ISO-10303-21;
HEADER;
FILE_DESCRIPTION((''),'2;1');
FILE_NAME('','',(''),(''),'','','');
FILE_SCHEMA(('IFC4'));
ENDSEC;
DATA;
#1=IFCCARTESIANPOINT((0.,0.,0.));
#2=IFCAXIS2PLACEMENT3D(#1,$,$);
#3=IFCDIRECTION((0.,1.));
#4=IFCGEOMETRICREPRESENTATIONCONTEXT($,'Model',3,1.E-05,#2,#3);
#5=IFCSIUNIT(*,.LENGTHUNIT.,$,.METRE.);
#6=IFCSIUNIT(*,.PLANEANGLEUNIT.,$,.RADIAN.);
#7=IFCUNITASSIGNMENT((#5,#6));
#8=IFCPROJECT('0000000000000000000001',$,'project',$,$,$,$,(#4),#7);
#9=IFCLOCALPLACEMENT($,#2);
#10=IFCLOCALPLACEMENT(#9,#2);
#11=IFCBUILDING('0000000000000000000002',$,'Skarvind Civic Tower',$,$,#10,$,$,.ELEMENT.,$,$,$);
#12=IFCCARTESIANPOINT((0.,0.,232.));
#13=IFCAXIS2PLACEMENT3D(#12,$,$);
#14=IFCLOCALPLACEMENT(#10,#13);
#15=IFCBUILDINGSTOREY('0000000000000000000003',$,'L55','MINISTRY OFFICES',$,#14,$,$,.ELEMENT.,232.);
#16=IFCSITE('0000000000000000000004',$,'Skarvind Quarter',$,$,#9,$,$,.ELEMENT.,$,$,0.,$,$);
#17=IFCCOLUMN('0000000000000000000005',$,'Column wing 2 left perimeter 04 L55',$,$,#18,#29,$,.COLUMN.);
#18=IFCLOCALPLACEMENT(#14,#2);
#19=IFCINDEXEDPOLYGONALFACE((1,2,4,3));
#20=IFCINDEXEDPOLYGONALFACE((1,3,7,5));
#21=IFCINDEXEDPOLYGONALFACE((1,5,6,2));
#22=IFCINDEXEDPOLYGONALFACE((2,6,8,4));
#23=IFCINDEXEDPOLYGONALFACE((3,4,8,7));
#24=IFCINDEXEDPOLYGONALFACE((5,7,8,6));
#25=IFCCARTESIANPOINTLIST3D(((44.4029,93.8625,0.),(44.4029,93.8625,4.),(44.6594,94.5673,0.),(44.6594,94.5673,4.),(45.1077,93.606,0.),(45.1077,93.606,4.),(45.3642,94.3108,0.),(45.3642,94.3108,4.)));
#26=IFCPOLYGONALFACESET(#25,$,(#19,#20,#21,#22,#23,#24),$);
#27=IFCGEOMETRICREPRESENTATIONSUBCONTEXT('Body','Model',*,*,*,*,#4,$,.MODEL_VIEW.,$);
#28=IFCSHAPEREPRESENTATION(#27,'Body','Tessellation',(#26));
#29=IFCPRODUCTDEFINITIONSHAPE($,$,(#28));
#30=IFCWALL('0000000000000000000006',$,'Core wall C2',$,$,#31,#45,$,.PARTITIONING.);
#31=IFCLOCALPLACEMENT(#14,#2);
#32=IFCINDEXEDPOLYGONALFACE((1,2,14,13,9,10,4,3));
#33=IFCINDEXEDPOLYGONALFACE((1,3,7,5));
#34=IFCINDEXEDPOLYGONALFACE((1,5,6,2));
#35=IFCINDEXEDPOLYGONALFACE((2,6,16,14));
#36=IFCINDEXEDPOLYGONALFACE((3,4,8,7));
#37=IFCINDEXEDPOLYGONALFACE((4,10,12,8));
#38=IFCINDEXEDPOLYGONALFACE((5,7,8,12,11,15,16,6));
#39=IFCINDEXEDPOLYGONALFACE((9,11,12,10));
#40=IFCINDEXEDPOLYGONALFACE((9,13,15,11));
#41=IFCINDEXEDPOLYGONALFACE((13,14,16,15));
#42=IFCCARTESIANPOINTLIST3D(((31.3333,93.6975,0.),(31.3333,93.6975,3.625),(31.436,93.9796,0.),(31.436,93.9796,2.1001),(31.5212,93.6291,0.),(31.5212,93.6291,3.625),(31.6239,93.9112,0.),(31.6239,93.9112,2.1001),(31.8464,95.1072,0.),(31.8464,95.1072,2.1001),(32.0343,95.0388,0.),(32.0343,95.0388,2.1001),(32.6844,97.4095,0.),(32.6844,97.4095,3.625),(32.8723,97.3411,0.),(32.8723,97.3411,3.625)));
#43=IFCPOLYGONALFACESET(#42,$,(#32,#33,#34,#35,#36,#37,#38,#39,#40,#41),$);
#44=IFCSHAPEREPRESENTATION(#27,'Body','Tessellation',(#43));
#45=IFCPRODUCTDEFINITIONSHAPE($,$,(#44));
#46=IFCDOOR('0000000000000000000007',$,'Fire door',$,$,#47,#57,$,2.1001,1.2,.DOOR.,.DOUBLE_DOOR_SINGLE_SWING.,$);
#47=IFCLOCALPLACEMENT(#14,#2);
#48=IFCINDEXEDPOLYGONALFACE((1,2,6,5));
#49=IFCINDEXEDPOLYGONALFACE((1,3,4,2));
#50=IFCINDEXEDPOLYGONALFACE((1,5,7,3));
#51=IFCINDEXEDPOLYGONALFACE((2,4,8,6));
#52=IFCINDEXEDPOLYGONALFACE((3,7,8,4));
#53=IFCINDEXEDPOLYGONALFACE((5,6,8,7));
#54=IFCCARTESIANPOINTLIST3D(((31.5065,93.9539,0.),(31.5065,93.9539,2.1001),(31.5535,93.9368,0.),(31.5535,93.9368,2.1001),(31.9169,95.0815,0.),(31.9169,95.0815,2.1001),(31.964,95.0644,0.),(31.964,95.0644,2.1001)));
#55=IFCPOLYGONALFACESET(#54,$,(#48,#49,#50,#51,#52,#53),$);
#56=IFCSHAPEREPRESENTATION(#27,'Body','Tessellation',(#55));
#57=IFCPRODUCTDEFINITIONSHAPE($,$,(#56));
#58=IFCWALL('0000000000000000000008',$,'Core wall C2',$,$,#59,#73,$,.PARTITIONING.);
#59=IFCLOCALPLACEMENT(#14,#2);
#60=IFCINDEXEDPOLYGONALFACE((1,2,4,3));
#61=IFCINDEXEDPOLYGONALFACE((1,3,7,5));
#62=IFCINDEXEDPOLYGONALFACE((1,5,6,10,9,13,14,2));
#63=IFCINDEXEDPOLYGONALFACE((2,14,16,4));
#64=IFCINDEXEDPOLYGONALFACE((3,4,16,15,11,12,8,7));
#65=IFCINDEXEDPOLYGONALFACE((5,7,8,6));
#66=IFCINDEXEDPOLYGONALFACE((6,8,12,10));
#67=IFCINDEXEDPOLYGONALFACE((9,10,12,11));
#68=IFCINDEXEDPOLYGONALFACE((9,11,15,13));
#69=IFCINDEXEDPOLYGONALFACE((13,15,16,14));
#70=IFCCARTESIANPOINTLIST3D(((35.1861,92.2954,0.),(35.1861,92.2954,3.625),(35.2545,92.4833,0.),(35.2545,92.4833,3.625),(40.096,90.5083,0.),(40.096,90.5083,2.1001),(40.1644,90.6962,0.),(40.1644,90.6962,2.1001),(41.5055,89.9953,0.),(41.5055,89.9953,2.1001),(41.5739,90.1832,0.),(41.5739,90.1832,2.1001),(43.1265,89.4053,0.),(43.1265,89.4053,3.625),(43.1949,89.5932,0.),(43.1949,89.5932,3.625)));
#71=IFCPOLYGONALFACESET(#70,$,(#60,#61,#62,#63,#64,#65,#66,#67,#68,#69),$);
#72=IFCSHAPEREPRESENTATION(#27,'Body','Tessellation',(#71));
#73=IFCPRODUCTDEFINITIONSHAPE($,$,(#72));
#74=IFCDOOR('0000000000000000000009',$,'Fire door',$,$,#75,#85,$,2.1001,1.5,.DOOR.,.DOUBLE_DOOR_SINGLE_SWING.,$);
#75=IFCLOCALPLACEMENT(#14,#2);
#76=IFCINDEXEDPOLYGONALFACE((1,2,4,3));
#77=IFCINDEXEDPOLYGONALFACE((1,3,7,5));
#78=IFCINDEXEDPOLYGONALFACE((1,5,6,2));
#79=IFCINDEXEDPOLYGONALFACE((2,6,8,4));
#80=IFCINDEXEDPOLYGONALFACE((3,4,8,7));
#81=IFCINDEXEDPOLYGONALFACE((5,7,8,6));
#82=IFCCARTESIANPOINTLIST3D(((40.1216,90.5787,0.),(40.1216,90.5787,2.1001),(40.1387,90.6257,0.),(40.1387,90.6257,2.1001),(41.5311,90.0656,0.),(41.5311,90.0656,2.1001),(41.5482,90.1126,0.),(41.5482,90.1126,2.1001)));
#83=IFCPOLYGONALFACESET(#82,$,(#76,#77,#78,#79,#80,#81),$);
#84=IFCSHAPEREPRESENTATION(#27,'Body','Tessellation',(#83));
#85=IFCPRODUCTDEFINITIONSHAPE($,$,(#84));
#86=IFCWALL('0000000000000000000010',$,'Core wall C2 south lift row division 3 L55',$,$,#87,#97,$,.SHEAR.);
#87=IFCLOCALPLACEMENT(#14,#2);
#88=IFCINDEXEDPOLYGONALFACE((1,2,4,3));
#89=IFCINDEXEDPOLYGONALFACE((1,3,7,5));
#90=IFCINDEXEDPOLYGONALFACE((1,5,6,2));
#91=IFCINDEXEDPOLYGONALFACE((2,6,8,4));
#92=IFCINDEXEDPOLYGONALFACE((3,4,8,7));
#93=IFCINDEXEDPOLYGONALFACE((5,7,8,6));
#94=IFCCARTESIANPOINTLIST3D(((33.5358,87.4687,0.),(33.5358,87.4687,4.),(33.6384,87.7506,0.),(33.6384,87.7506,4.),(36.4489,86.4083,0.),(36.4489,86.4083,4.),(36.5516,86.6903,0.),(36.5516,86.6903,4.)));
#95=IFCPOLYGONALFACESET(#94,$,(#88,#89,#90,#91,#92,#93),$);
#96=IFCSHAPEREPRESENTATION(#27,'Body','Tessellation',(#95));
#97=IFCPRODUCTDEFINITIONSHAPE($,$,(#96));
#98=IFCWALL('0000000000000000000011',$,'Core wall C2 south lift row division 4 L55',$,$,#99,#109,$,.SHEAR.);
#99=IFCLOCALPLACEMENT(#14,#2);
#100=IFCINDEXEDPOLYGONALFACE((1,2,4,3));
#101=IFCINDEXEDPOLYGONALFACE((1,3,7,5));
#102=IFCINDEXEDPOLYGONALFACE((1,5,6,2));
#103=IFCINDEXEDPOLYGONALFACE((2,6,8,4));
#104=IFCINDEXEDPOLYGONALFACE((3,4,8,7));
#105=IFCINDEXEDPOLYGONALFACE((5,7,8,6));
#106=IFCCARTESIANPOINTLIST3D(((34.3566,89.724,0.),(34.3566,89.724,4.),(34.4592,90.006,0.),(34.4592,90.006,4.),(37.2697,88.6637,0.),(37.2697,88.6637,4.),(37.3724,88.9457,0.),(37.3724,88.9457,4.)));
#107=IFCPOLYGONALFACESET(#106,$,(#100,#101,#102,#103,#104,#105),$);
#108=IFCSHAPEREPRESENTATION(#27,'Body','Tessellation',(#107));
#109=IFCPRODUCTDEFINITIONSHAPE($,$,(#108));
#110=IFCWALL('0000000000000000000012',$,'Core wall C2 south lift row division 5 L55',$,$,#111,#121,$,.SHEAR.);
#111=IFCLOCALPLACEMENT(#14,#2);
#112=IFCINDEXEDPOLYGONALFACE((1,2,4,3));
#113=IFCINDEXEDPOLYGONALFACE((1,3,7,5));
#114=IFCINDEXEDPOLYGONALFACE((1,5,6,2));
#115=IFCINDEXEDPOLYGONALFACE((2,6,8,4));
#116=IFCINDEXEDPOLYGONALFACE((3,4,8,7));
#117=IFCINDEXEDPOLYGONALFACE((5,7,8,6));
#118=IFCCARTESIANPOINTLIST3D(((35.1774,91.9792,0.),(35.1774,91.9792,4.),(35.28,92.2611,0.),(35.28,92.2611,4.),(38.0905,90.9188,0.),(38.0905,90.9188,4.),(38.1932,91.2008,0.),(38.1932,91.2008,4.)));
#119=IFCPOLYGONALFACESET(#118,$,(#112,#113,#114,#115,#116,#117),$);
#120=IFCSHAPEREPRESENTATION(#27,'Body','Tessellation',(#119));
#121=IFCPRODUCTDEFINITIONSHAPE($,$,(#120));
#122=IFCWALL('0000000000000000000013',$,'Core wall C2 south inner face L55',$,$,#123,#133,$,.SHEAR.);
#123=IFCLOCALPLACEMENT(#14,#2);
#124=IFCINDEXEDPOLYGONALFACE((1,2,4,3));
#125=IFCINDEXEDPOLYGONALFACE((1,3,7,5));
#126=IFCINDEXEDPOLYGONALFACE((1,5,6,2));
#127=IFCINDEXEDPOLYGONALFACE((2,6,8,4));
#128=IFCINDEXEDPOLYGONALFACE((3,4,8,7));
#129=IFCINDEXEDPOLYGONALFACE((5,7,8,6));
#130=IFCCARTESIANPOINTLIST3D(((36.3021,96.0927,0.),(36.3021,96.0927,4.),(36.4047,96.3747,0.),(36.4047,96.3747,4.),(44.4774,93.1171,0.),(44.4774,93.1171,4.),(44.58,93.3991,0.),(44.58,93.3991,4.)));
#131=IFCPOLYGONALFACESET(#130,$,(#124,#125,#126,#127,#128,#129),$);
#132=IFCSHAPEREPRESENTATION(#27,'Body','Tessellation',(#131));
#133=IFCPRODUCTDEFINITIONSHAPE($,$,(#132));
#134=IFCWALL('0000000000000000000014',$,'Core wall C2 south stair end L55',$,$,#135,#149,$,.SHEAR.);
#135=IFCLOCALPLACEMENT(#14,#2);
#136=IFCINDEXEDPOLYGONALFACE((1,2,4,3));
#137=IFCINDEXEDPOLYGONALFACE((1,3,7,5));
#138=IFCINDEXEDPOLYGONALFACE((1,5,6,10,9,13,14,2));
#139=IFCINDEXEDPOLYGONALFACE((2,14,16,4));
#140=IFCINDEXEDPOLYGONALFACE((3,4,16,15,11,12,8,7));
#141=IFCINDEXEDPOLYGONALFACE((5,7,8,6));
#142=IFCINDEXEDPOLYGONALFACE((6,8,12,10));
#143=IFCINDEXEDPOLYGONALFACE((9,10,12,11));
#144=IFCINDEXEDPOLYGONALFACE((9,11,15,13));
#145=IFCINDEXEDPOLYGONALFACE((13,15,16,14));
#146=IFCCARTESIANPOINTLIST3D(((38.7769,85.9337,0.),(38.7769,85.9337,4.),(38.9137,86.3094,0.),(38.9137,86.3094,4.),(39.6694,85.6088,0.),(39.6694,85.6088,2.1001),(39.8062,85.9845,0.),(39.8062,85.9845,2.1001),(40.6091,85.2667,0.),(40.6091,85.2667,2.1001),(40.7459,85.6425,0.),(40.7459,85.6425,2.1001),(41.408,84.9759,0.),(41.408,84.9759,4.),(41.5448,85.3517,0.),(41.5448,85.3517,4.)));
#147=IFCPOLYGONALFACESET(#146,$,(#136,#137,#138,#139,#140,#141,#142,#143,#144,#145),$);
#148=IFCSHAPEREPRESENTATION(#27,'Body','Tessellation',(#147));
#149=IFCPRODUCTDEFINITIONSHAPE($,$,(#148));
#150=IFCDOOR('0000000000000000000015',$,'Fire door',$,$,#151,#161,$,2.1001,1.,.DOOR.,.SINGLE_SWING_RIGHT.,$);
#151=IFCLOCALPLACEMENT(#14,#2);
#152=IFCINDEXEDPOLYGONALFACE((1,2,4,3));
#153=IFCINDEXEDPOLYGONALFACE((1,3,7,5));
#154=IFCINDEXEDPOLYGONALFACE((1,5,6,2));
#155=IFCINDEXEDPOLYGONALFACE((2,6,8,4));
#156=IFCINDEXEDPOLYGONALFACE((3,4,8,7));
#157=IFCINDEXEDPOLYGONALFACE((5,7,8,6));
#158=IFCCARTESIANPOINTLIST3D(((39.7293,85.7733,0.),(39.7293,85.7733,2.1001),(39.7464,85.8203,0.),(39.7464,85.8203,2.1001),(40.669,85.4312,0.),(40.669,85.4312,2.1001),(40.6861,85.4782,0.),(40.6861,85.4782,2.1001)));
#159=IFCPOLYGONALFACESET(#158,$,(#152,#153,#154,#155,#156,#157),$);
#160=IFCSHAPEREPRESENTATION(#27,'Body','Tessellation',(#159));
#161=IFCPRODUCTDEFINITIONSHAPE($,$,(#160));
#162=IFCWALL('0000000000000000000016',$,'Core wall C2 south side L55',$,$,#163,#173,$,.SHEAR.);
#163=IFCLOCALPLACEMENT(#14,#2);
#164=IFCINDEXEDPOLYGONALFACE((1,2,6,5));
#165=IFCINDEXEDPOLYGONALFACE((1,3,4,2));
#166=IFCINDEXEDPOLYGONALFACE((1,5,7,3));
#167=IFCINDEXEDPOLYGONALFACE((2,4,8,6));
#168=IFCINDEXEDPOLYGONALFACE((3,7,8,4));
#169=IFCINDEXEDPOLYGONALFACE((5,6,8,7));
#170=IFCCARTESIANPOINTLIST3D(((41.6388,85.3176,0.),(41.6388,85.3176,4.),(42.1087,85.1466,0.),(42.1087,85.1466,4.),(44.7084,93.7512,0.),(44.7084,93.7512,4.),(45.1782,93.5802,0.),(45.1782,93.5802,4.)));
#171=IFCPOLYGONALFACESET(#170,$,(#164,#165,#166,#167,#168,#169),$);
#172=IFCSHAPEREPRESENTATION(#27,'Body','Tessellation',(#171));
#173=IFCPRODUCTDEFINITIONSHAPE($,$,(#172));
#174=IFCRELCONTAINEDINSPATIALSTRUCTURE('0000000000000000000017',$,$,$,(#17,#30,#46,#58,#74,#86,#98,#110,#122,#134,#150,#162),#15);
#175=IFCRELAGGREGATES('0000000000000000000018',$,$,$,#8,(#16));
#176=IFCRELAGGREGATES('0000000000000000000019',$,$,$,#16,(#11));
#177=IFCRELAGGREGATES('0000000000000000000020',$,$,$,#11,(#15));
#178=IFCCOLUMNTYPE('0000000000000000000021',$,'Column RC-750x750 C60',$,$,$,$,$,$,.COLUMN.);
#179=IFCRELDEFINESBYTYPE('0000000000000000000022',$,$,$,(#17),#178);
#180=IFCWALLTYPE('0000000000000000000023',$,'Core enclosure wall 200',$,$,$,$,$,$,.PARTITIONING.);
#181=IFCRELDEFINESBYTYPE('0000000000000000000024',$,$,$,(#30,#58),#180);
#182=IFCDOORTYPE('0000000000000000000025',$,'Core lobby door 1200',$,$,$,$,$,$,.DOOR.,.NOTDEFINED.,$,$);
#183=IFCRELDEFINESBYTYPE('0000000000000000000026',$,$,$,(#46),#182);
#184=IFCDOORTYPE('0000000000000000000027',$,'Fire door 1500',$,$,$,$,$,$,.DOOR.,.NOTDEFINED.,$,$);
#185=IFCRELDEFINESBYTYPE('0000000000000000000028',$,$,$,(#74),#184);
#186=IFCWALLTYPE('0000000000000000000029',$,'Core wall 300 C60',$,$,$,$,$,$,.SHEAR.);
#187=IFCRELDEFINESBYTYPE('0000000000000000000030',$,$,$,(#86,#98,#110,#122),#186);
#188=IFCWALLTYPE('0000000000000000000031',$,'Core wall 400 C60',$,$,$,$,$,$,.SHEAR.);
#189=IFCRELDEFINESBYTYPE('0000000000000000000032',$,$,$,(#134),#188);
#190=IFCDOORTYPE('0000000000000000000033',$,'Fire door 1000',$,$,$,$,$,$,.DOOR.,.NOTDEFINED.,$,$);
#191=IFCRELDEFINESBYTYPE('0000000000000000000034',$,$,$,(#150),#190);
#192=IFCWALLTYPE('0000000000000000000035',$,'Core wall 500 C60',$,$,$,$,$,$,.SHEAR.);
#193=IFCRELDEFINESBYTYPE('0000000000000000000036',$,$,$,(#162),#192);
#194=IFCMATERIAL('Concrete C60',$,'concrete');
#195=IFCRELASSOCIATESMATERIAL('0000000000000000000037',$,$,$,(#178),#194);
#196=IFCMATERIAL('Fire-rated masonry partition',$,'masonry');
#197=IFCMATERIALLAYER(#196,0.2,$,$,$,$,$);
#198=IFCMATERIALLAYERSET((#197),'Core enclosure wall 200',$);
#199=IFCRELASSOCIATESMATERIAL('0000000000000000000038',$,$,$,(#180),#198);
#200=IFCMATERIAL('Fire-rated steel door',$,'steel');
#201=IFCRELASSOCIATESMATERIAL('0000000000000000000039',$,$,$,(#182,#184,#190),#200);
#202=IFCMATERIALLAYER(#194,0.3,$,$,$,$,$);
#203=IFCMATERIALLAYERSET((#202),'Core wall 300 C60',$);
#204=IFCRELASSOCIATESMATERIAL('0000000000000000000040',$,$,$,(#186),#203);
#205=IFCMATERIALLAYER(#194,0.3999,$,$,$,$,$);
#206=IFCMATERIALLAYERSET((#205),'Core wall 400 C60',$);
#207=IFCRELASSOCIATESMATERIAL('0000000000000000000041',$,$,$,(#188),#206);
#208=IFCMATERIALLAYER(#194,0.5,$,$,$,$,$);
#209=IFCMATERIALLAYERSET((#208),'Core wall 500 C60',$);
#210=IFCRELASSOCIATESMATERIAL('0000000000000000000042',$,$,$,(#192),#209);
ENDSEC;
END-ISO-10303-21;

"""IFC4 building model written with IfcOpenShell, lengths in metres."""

from ifc_helpers import new_model, si_unit, direction, frame, frame_2d, origin, origin_2d, place, context, subcontext, project, spatial, rectangle, extrude, material, layer, layer_set, material_profile, profile_set, type_object, element, fill, save


model = new_model("IFC4")

# Units and contexts
model_context = context("Model", 3, precision=1e-05, world=origin(), true_north=direction((0.0, 1.0)))
body_context = subcontext(model_context, "Body", "Model", "MODEL_VIEW")
ifc_project = project(units=[si_unit("LENGTHUNIT", "METRE"), si_unit("PLANEANGLEUNIT", "RADIAN")], contexts=[model_context])

# Site, building, storey
site_placement = place(None, origin())
site = spatial("IfcSite", under=ifc_project, at=site_placement, Name="Skarvind Quarter", CompositionType="ELEMENT", RefElevation=0.0)
building_placement = place(site_placement, origin())
building = spatial("IfcBuilding", under=site, at=building_placement, Name="Skarvind Civic Tower", CompositionType="ELEMENT")
storey_placement = place(building_placement, frame((0.0, 0.0, 232.0)))
storey = spatial("IfcBuildingStorey", under=building, at=storey_placement, Name="L55", Description="MINISTRY OFFICES", CompositionType="ELEMENT", Elevation=232.0)

# Column
ifc_material_1 = material(Name="Concrete C60", Category="concrete")
ifc_material_profile = material_profile(ifc_material_1, rectangle(XDim=0.75, YDim=0.75, at=origin_2d()), Name="RC-750x750")
ifc_profile_set = profile_set([ifc_material_profile], Name="Concrete C60")
column_type = type_object("IfcColumnType", Name="Column RC-750x750 C60", PredefinedType="COLUMN", material=ifc_profile_set)
column_placement = place(storey_placement, frame((44.8835, 94.0867, 0.0), z_axis=(0.0, 0.0, 1.0), x_axis=(-0.34202, -0.939693, 0.0)))
element("IfcColumn", 1, at=column_placement, inside=storey, type_object=column_type, Name="Column wing 2 left perimeter 04 L55", PredefinedType="COLUMN", context=body_context, shape_type="SweptSolid", body=[
    extrude(rectangle(XDim=0.75, YDim=0.75, at=origin_2d()), origin(), (0.0, 0.0, 1.0), 4.0),
])

# Walls, openings, doors
ifc_material_2 = material(Name="Fire-rated masonry partition", Category="masonry")
ifc_layer_1 = layer(ifc_material_2, 0.2)
ifc_layer_set_1 = layer_set([ifc_layer_1], Name="Core enclosure wall 200")
wall_type_1 = type_object("IfcWallType", Name="Core enclosure wall 200", PredefinedType="PARTITIONING", material=ifc_layer_set_1)
wall_1_placement = place(storey_placement, frame((31.4272, 93.6633, 0.0), z_axis=(0.0, 0.0, 1.0), x_axis=(0.342031, 0.939689, 0.0)))
wall_1 = element("IfcWall", 2, at=wall_1_placement, inside=storey, type_object=wall_type_1, Name="Core wall C2", PredefinedType="PARTITIONING", context=body_context, shape_type="SweptSolid", body=[
    extrude(rectangle(XDim=3.9502, YDim=0.2, at=frame_2d((1.9751, 0.0))), origin(), (0.0, 0.0, 1.0), 3.625),
])
opening_1_placement = place(wall_1_placement, frame((0.3, 0.0, 0.0)))
opening_1 = element("IfcOpeningElement", 3, at=opening_1_placement, cuts=wall_1, PredefinedType="OPENING", context=body_context, shape_type="SweptSolid", body=[
    extrude(rectangle(XDim=1.2, YDim=2.1001, at=frame_2d((0.6001, 1.05))), frame((0.0, 0.1099, 0.0), z_axis=(0.0, -1.0, 0.0), x_axis=(1.0, 0.0, 0.0)), (0.0, 0.0, 1.0), 0.22),
])
ifc_material_3 = material(Name="Fire-rated steel door", Category="steel")
door_type_1 = type_object("IfcDoorType", Name="Core lobby door 1200", OperationType="NOTDEFINED", PredefinedType="DOOR", material=ifc_material_3)
door_1_placement = place(opening_1_placement, origin())
door_1 = element("IfcDoor", 4, at=door_1_placement, inside=storey, type_object=door_type_1, Name="Fire door", OperationType="DOUBLE_DOOR_SINGLE_SWING", OverallHeight=2.1001, OverallWidth=1.2, PredefinedType="DOOR", context=body_context, shape_type="SweptSolid", body=[
    extrude(rectangle(XDim=1.2, YDim=2.1001, at=frame_2d((0.6001, 1.05))), frame((0.0, 0.0249, 0.0), z_axis=(0.0, -1.0, 0.0), x_axis=(1.0, 0.0, 0.0)), (0.0, 0.0, 1.0), 0.05),
])
fill(opening_1, door_1)
wall_2_placement = place(storey_placement, frame((35.2202, 92.3894, 0.0), z_axis=(0.0, 0.0, 1.0), x_axis=(0.93969, -0.342026, 0.0)))
wall_2 = element("IfcWall", 5, at=wall_2_placement, inside=storey, type_object=wall_type_1, Name="Core wall C2", PredefinedType="PARTITIONING", context=body_context, shape_type="SweptSolid", body=[
    extrude(rectangle(XDim=8.45, YDim=0.2, at=frame_2d((4.2251, 0.0))), origin(), (0.0, 0.0, 1.0), 3.625),
])
opening_2_placement = place(wall_2_placement, frame((5.2251, 0.0, 0.0)))
opening_2 = element("IfcOpeningElement", 6, at=opening_2_placement, cuts=wall_2, PredefinedType="OPENING", context=body_context, shape_type="SweptSolid", body=[
    extrude(rectangle(XDim=1.5, YDim=2.1001, at=frame_2d((0.75, 1.05))), frame((0.0, 0.1099, 0.0), z_axis=(0.0, -1.0, 0.0), x_axis=(1.0, 0.0, 0.0)), (0.0, 0.0, 1.0), 0.22),
])
door_type_2 = type_object("IfcDoorType", Name="Fire door 1500", OperationType="NOTDEFINED", PredefinedType="DOOR", material=ifc_material_3)
door_2_placement = place(opening_2_placement, origin())
door_2 = element("IfcDoor", 7, at=door_2_placement, inside=storey, type_object=door_type_2, Name="Fire door", OperationType="DOUBLE_DOOR_SINGLE_SWING", OverallHeight=2.1001, OverallWidth=1.5, PredefinedType="DOOR", context=body_context, shape_type="SweptSolid", body=[
    extrude(rectangle(XDim=1.5, YDim=2.1001, at=frame_2d((0.75, 1.05))), frame((0.0, 0.0249, 0.0), z_axis=(0.0, -1.0, 0.0), x_axis=(1.0, 0.0, 0.0)), (0.0, 0.0, 1.0), 0.05),
])
fill(opening_2, door_2)

# Walls
ifc_layer_2 = layer(ifc_material_1, 0.3)
ifc_layer_set_2 = layer_set([ifc_layer_2], Name="Core wall 300 C60")
wall_type_2 = type_object("IfcWallType", Name="Core wall 300 C60", PredefinedType="SHEAR", material=ifc_layer_set_2)
for number, where, z_axis, x_axis, name in (
    (8, (36.5002, 86.5493, 0.0), (0.0, 0.0, 1.0), (-0.93969, 0.342028, 0.0), "Core wall C2 south lift row division 3 L55"),
    (9, (37.321, 88.8047, 0.0), (0.0, 0.0, 1.0), (-0.93969, 0.342028, 0.0), "Core wall C2 south lift row division 4 L55"),
    (10, (38.1418, 91.0598, 0.0), (0.0, 0.0, 1.0), (-0.93969, 0.342028, 0.0), "Core wall C2 south lift row division 5 L55"),
):
    element("IfcWall", number, at=place(storey_placement, frame(where, z_axis=z_axis, x_axis=x_axis)), inside=storey, type_object=wall_type_2, Name=name, PredefinedType="SHEAR", context=body_context, shape_type="SweptSolid", body=[
        extrude(rectangle(XDim=3.1001, YDim=0.3, at=frame_2d((1.55, 0.0))), origin(), (0.0, 0.0, 1.0), 4.0),
    ])
wall_3_placement = place(storey_placement, frame((44.5288, 93.2581, 0.0), z_axis=(0.0, 0.0, 1.0), x_axis=(-0.939692, 0.342022, 0.0)))
element("IfcWall", 11, at=wall_3_placement, inside=storey, type_object=wall_type_2, Name="Core wall C2 south inner face L55", PredefinedType="SHEAR", context=body_context, shape_type="SweptSolid", body=[
    extrude(rectangle(XDim=8.7, YDim=0.3, at=frame_2d((4.3501, 0.0))), origin(), (0.0, 0.0, 1.0), 4.0),
])

# Wall, opening, door
ifc_layer_3 = layer(ifc_material_1, 0.3999)
ifc_layer_set_3 = layer_set([ifc_layer_3], Name="Core wall 400 C60")
wall_type_3 = type_object("IfcWallType", Name="Core wall 400 C60", PredefinedType="SHEAR", material=ifc_layer_set_3)
wall_4_placement = place(storey_placement, frame((41.4763, 85.1638, 0.0), z_axis=(0.0, 0.0, 1.0), x_axis=(-0.939679, 0.342058, 0.0)))
wall_4 = element("IfcWall", 12, at=wall_4_placement, inside=storey, type_object=wall_type_3, Name="Core wall C2 south stair end L55", PredefinedType="SHEAR", context=body_context, shape_type="SweptSolid", body=[
    extrude(rectangle(XDim=2.8, YDim=0.3999, at=frame_2d((1.3999, 0.0))), origin(), (0.0, 0.0, 1.0), 4.0),
])
opening_3_placement = place(wall_4_placement, frame((0.8501, 0.0, 0.0)))
opening_3 = element("IfcOpeningElement", 13, at=opening_3_placement, cuts=wall_4, PredefinedType="OPENING", context=body_context, shape_type="SweptSolid", body=[
    extrude(rectangle(XDim=1.0, YDim=2.1001, at=frame_2d((0.5, 1.05))), frame((0.0, 0.21, 0.0), z_axis=(0.0, -1.0, 0.0), x_axis=(1.0, 0.0, 0.0)), (0.0, 0.0, 1.0), 0.4199),
])
door_type_3 = type_object("IfcDoorType", Name="Fire door 1000", OperationType="NOTDEFINED", PredefinedType="DOOR", material=ifc_material_3)
door_3_placement = place(opening_3_placement, origin())
door_3 = element("IfcDoor", 14, at=door_3_placement, inside=storey, type_object=door_type_3, Name="Fire door", OperationType="SINGLE_SWING_RIGHT", OverallHeight=2.1001, OverallWidth=1.0, PredefinedType="DOOR", context=body_context, shape_type="SweptSolid", body=[
    extrude(rectangle(XDim=1.0, YDim=2.1001, at=frame_2d((0.5, 1.05))), frame((0.0, 0.0249, 0.0), z_axis=(0.0, -1.0, 0.0), x_axis=(1.0, 0.0, 0.0)), (0.0, 0.0, 1.0), 0.05),
])
fill(opening_3, door_3)

# Wall
ifc_layer_4 = layer(ifc_material_1, 0.5)
ifc_layer_set_4 = layer_set([ifc_layer_4], Name="Core wall 500 C60")
wall_type_4 = type_object("IfcWallType", Name="Core wall 500 C60", PredefinedType="SHEAR", material=ifc_layer_set_4)
wall_5_placement = place(storey_placement, frame((41.8738, 85.2322, 0.0), z_axis=(0.0, 0.0, 1.0), x_axis=(0.34202, 0.939693, 0.0)))
element("IfcWall", 15, at=wall_5_placement, inside=storey, type_object=wall_type_4, Name="Core wall C2 south side L55", PredefinedType="SHEAR", context=body_context, shape_type="SweptSolid", body=[
    extrude(rectangle(XDim=8.9749, YDim=0.5, at=frame_2d((4.4873, 0.0))), origin(), (0.0, 0.0, 1.0), 4.0),
])

save(model, "model.ifc")
